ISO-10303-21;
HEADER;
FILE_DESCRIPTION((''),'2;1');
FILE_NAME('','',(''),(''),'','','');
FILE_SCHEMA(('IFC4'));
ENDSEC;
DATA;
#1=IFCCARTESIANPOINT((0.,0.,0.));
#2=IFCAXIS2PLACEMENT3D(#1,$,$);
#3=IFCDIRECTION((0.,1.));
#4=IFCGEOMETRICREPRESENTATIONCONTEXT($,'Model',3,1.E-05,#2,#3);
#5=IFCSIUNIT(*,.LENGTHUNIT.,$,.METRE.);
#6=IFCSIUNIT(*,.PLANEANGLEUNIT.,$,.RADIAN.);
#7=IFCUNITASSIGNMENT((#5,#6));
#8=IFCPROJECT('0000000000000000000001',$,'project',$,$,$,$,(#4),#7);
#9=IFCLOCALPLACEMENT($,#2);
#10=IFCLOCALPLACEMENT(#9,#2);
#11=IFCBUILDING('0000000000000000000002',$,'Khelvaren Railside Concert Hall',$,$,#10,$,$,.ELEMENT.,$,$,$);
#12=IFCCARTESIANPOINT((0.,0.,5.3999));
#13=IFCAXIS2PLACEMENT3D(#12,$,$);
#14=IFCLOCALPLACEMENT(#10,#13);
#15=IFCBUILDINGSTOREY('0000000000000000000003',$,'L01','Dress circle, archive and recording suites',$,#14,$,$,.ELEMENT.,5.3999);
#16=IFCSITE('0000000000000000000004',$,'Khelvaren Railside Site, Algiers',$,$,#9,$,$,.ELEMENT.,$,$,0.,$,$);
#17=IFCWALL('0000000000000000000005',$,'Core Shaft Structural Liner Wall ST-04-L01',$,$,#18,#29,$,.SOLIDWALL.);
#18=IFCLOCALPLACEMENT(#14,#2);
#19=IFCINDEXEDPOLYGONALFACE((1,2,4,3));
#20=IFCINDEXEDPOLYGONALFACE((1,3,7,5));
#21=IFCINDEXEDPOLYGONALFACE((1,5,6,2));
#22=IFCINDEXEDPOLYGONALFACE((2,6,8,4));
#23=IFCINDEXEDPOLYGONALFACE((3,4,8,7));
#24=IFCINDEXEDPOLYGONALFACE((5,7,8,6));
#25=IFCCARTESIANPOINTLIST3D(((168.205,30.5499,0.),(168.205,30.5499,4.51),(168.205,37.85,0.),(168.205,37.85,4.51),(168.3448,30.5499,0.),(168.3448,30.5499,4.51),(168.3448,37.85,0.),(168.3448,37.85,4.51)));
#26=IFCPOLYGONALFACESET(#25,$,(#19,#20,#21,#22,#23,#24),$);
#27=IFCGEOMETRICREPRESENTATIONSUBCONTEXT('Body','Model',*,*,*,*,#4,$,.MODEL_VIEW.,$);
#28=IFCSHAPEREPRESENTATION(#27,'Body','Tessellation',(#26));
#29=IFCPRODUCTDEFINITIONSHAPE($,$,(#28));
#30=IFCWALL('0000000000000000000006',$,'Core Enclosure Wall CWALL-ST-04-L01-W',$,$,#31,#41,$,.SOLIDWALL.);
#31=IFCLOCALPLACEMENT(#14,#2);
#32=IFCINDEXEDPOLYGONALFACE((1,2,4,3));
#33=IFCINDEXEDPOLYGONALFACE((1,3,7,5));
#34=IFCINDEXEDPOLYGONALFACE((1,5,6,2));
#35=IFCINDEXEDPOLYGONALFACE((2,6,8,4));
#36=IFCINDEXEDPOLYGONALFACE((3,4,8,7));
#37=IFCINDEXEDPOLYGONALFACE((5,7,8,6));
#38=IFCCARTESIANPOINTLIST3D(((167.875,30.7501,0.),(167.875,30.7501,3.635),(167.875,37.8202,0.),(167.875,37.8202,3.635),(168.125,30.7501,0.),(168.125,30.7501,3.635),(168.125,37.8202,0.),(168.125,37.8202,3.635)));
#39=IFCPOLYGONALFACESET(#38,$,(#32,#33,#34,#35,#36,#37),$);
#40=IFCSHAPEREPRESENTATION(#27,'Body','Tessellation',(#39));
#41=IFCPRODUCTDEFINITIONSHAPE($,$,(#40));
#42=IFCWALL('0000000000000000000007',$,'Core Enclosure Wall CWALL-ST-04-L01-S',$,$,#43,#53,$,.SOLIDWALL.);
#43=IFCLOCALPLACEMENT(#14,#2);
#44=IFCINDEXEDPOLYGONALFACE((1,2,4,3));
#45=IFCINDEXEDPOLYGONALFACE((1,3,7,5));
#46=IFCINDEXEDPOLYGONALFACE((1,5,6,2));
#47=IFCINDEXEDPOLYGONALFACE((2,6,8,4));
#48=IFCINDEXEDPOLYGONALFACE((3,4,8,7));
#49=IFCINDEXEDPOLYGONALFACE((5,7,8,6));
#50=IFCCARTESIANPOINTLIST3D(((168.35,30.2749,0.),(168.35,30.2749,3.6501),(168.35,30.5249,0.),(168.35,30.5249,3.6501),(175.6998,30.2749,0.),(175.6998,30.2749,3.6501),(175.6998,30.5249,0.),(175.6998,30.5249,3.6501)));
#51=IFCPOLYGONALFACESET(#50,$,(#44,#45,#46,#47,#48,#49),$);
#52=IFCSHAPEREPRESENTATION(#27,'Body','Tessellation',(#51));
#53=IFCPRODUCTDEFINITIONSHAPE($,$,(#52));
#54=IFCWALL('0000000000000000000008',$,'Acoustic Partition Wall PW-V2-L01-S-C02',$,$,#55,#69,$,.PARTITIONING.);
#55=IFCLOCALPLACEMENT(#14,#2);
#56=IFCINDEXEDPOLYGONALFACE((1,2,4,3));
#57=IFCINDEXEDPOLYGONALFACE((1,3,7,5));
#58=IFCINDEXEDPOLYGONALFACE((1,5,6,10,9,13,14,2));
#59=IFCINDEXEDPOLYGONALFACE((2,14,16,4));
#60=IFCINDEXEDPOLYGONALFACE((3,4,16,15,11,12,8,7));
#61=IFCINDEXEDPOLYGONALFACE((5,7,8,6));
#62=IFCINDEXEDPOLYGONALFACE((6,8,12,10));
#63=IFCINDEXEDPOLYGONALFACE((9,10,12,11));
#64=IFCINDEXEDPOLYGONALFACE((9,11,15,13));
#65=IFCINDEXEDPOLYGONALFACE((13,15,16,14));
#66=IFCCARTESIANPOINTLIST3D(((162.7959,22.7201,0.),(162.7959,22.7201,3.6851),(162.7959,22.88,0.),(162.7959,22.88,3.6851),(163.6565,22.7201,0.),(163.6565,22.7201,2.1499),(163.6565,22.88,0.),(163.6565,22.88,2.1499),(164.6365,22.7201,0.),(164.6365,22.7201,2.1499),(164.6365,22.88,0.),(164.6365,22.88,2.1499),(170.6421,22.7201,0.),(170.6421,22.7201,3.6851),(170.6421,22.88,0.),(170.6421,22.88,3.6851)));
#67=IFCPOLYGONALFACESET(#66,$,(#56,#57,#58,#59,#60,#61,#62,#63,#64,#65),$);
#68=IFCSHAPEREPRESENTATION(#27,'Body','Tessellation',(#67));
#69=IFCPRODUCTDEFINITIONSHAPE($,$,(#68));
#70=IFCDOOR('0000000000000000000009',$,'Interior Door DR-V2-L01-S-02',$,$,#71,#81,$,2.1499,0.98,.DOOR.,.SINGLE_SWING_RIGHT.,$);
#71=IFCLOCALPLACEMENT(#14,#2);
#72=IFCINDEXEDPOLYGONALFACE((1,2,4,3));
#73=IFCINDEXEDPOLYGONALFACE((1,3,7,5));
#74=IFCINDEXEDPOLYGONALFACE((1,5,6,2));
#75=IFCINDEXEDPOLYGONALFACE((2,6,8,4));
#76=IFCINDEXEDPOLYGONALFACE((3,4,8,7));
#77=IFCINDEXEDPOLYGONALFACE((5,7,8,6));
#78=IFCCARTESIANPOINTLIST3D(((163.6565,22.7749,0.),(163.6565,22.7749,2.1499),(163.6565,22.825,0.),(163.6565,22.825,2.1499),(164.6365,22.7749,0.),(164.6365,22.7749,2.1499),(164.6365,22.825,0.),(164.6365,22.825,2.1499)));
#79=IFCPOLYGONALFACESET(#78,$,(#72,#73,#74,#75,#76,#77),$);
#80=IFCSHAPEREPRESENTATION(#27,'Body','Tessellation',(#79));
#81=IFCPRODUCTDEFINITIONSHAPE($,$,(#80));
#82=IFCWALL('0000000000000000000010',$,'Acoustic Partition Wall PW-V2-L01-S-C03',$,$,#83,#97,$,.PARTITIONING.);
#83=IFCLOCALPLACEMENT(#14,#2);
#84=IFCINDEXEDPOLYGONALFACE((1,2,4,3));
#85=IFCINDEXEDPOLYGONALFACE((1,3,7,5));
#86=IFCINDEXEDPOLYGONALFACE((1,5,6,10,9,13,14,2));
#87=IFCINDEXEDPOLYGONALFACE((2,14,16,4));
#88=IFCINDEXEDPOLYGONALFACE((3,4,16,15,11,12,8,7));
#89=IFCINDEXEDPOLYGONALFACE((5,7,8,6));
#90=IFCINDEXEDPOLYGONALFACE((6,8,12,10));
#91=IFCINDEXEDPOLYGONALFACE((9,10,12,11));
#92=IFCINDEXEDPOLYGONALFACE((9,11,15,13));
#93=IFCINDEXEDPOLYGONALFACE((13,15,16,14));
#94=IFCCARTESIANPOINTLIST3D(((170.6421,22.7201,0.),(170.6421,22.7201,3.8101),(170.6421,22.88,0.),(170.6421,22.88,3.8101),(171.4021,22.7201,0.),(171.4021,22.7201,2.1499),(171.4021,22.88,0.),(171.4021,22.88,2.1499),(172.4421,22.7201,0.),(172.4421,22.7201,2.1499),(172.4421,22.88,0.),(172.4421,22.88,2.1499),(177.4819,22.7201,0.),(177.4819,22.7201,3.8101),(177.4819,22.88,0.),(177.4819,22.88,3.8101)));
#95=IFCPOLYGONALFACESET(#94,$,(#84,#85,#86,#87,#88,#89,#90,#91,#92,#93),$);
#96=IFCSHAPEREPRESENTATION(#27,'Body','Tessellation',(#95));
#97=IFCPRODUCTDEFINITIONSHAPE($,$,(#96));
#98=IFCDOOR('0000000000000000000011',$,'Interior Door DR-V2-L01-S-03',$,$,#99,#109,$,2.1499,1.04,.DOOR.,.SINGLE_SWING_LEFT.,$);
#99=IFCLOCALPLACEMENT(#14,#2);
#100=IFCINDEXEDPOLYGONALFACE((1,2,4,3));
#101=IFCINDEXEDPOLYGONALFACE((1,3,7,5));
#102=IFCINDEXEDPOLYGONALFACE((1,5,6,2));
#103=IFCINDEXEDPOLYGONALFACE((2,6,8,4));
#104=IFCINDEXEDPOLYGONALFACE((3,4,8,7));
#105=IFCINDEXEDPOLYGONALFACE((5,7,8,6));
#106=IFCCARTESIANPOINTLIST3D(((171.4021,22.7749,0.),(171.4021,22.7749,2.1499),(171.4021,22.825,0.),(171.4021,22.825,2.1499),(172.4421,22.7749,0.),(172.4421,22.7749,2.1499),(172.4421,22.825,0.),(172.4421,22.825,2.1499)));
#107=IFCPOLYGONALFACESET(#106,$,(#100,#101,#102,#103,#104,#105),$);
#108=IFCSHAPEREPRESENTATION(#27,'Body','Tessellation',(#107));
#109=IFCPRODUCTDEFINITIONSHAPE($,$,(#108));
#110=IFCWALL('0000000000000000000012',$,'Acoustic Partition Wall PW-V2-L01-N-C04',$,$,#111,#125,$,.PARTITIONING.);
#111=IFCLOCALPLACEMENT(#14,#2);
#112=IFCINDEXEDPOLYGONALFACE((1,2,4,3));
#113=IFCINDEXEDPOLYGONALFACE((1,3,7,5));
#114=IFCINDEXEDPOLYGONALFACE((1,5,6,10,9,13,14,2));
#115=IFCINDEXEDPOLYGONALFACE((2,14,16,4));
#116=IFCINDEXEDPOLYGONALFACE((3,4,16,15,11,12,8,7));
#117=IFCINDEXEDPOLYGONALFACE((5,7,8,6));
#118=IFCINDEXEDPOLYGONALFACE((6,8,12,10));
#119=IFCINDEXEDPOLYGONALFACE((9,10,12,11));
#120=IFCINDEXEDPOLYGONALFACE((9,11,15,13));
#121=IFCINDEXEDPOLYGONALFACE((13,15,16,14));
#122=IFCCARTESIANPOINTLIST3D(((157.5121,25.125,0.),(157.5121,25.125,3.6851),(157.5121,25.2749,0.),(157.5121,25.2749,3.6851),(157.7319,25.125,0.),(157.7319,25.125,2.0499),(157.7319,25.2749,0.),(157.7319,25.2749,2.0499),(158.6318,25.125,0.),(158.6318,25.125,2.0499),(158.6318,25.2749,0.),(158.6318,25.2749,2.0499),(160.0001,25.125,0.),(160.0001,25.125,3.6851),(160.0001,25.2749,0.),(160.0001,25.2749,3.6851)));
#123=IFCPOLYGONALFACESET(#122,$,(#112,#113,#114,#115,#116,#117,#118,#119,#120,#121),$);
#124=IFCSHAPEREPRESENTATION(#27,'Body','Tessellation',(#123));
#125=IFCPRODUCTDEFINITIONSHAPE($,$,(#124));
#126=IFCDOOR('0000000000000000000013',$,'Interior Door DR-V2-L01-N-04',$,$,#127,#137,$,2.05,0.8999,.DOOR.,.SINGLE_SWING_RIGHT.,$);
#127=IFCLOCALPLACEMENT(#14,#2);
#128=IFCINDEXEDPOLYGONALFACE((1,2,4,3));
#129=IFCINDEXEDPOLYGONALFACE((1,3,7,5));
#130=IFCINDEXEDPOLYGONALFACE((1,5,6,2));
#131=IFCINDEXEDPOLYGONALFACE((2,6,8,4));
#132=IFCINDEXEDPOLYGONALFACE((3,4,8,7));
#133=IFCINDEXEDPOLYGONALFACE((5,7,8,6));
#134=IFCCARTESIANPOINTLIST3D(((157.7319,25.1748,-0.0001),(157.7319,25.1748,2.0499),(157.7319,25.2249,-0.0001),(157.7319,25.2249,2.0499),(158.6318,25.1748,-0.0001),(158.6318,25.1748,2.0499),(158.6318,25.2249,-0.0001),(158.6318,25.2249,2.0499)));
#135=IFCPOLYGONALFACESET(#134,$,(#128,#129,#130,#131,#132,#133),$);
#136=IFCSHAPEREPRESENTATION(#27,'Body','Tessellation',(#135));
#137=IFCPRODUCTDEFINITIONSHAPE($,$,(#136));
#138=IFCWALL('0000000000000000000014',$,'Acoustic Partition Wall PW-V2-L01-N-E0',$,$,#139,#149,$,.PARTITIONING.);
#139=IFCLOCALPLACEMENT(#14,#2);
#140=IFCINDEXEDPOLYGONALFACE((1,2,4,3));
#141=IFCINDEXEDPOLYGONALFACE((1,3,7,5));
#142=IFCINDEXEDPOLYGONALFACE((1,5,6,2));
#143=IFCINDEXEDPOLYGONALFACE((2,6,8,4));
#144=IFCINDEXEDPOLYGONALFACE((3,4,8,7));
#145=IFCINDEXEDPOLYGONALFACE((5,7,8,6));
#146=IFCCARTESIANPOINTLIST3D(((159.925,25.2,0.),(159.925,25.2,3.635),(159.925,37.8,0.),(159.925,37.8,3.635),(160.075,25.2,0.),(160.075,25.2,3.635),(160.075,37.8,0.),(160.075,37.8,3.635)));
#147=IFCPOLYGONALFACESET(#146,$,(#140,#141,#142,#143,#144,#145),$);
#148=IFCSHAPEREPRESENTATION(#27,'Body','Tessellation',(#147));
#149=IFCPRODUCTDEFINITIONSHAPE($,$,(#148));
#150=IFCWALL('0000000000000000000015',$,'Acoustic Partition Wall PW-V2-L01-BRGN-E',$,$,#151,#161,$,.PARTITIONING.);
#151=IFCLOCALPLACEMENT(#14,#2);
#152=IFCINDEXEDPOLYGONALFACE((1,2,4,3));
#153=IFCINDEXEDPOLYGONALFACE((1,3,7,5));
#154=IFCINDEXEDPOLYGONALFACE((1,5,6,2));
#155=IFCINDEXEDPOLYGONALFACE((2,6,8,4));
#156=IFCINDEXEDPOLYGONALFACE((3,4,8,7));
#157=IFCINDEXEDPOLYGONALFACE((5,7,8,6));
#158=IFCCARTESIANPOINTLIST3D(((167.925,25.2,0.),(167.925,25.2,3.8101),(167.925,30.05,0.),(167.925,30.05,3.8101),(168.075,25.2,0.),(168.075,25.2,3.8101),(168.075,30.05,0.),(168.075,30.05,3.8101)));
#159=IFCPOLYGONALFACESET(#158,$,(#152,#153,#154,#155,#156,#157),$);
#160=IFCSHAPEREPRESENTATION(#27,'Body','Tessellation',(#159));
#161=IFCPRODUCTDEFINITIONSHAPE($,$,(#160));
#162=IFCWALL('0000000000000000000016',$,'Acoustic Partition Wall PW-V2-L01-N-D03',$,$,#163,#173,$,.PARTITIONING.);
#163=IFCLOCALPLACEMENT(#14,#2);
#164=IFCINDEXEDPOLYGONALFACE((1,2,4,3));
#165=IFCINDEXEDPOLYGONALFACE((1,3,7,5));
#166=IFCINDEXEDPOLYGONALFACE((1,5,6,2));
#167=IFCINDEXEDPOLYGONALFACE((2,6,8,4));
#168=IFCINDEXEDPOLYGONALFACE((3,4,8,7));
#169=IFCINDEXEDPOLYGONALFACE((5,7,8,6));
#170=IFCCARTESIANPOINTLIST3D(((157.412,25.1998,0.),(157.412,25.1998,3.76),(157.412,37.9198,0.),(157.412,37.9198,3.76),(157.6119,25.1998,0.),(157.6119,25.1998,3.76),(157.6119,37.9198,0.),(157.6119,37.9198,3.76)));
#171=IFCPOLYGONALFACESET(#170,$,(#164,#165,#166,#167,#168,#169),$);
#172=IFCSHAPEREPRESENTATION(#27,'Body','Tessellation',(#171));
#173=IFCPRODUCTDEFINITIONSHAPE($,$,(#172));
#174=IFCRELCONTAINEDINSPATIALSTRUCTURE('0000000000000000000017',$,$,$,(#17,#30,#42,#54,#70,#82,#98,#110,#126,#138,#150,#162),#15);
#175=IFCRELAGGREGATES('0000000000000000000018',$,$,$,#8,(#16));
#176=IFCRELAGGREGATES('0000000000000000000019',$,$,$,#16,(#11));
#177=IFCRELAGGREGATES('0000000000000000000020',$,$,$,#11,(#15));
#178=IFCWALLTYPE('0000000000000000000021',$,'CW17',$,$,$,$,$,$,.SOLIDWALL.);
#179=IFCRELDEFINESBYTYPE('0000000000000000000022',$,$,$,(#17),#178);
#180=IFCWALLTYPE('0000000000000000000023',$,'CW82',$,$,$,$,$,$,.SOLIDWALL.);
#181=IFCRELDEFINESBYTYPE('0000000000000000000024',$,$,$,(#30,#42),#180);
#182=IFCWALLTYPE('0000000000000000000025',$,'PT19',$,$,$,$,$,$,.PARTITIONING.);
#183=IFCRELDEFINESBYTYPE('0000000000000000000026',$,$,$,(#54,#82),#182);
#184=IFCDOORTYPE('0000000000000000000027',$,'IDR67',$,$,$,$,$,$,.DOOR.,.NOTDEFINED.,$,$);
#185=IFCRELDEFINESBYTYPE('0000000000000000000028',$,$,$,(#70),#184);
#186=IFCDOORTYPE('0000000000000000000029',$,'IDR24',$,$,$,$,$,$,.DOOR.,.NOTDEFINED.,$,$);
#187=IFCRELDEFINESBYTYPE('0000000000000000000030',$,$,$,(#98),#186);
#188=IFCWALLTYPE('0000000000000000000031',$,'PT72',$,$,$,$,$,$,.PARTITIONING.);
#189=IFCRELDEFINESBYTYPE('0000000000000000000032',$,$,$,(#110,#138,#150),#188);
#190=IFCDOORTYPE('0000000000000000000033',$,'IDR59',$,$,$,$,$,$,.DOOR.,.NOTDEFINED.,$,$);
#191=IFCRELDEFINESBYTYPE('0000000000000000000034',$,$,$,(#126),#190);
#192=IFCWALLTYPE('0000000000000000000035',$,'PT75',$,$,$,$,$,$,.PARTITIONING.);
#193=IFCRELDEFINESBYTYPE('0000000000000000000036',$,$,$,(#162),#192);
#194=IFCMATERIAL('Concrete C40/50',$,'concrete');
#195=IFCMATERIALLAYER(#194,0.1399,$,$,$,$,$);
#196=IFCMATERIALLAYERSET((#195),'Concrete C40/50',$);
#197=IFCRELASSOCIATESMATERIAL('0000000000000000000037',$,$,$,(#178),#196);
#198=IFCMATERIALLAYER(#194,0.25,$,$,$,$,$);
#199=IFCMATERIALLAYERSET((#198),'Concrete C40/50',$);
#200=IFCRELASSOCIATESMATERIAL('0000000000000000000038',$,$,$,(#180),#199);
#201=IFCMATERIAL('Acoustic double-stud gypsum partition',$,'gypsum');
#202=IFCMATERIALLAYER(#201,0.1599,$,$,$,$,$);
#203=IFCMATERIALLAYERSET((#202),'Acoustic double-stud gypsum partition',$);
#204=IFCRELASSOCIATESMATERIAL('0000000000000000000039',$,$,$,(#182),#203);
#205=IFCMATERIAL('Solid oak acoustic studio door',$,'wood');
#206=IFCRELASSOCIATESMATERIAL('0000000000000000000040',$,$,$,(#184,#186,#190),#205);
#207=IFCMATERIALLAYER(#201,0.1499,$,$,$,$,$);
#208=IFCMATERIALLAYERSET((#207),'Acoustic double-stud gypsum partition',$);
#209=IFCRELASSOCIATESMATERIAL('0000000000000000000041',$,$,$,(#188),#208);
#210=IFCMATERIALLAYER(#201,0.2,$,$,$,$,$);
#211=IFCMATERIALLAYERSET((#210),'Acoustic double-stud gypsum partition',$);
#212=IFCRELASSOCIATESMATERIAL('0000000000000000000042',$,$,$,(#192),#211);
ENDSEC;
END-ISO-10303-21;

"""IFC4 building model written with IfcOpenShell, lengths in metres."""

from ifc_helpers import new_model, si_unit, direction, frame, frame_2d, origin, place, context, subcontext, project, spatial, rectangle, extrude, material, layer, layer_set, type_object, element, fill, save


model = new_model("IFC4")

# Units and contexts
model_context = context("Model", 3, precision=1e-05, world=origin(), true_north=direction((0.0, 1.0)))
body_context = subcontext(model_context, "Body", "Model", "MODEL_VIEW")
ifc_project = project(units=[si_unit("LENGTHUNIT", "METRE"), si_unit("PLANEANGLEUNIT", "RADIAN")], contexts=[model_context])

# Site, building, storey
site_placement = place(None, origin())
site = spatial("IfcSite", under=ifc_project, at=site_placement, Name="Khelvaren Railside Site, Algiers", CompositionType="ELEMENT", RefElevation=0.0)
building_placement = place(site_placement, origin())
building = spatial("IfcBuilding", under=site, at=building_placement, Name="Khelvaren Railside Concert Hall", CompositionType="ELEMENT")
storey_placement = place(building_placement, frame((0.0, 0.0, 5.3999)))
storey = spatial("IfcBuildingStorey", under=building, at=storey_placement, Name="L01", Description="Dress circle, archive and recording suites", CompositionType="ELEMENT", Elevation=5.3999)

# Shared definitions
ifc_material_1 = material(Name="Concrete C40/50", Category="concrete")

# Walls
ifc_layer_1 = layer(ifc_material_1, 0.1399)
ifc_layer_set_1 = layer_set([ifc_layer_1], Name="Concrete C40/50")
wall_type_1 = type_object("IfcWallType", Name="CW17", PredefinedType="SOLIDWALL", material=ifc_layer_set_1)
wall_1_placement = place(storey_placement, frame((168.2749, 30.55, 0.0), z_axis=(0.0, 0.0, 1.0), x_axis=(0.0, 1.0, 0.0)))
element("IfcWall", 1, at=wall_1_placement, inside=storey, type_object=wall_type_1, Name="Core Shaft Structural Liner Wall ST-04-L01", PredefinedType="SOLIDWALL", context=body_context, shape_type="SweptSolid", body=[
    extrude(rectangle(XDim=7.3, YDim=0.1399, at=frame_2d((3.6499, 0.0))), origin(), (0.0, 0.0, 1.0), 4.51),
])
ifc_layer_2 = layer(ifc_material_1, 0.25)
ifc_layer_set_2 = layer_set([ifc_layer_2], Name="Concrete C40/50")
wall_type_2 = type_object("IfcWallType", Name="CW82", PredefinedType="SOLIDWALL", material=ifc_layer_set_2)
wall_2_placement = place(storey_placement, frame((168.0, 30.75, 0.0), z_axis=(0.0, 0.0, 1.0), x_axis=(0.0, 1.0, 0.0)))
element("IfcWall", 2, at=wall_2_placement, inside=storey, type_object=wall_type_2, Name="Core Enclosure Wall CWALL-ST-04-L01-W", PredefinedType="SOLIDWALL", context=body_context, shape_type="SweptSolid", body=[
    extrude(rectangle(XDim=7.0701, YDim=0.25, at=frame_2d((3.5352, 0.0))), origin(), (0.0, 0.0, 1.0), 3.635),
])
wall_3_placement = place(storey_placement, frame((168.3501, 30.3999, 0.0), z_axis=(0.0, 0.0, 1.0), x_axis=(1.0, 0.0, 0.0)))
element("IfcWall", 3, at=wall_3_placement, inside=storey, type_object=wall_type_2, Name="Core Enclosure Wall CWALL-ST-04-L01-S", PredefinedType="SOLIDWALL", context=body_context, shape_type="SweptSolid", body=[
    extrude(rectangle(XDim=7.3499, YDim=0.25, at=frame_2d((3.6748, 0.0))), origin(), (0.0, 0.0, 1.0), 3.6501),
])

# Walls, openings, doors
ifc_material_2 = material(Name="Acoustic double-stud gypsum partition", Category="gypsum")
ifc_layer_3 = layer(ifc_material_2, 0.1599)
ifc_layer_set_3 = layer_set([ifc_layer_3], Name="Acoustic double-stud gypsum partition")
wall_type_3 = type_object("IfcWallType", Name="PT19", PredefinedType="PARTITIONING", material=ifc_layer_set_3)
wall_4_placement = place(storey_placement, frame((162.7959, 22.8, 0.0), z_axis=(0.0, 0.0, 1.0), x_axis=(1.0, 0.0, 0.0)))
wall_4 = element("IfcWall", 4, at=wall_4_placement, inside=storey, type_object=wall_type_3, Name="Acoustic Partition Wall PW-V2-L01-S-C02", PredefinedType="PARTITIONING", context=body_context, shape_type="SweptSolid", body=[
    extrude(rectangle(XDim=7.8462, YDim=0.1599, at=frame_2d((3.9231, 0.0))), origin(), (0.0, 0.0, 1.0), 3.6851),
])
opening_1_placement = place(wall_4_placement, frame((0.8606, 0.0, 0.0)))
opening_1 = element("IfcOpeningElement", 5, at=opening_1_placement, cuts=wall_4, PredefinedType="OPENING", context=body_context, shape_type="SweptSolid", body=[
    extrude(rectangle(XDim=0.98, YDim=2.1499, at=frame_2d((0.49, 1.075))), frame((0.0, 0.0898, 0.0), z_axis=(0.0, -1.0, 0.0), x_axis=(1.0, 0.0, 0.0)), (0.0, 0.0, 1.0), 0.1799),
])
ifc_material_3 = material(Name="Solid oak acoustic studio door", Category="wood")
door_type_1 = type_object("IfcDoorType", Name="IDR67", OperationType="NOTDEFINED", PredefinedType="DOOR", material=ifc_material_3)
door_1_placement = place(opening_1_placement, origin())
door_1 = element("IfcDoor", 6, at=door_1_placement, inside=storey, type_object=door_type_1, Name="Interior Door DR-V2-L01-S-02", OperationType="SINGLE_SWING_RIGHT", OverallHeight=2.1499, OverallWidth=0.98, PredefinedType="DOOR", context=body_context, shape_type="SweptSolid", body=[
    extrude(rectangle(XDim=0.98, YDim=2.1499, at=frame_2d((0.49, 1.075))), frame((0.0, 0.0249, 0.0), z_axis=(0.0, -1.0, 0.0), x_axis=(1.0, 0.0, 0.0)), (0.0, 0.0, 1.0), 0.05),
])
fill(opening_1, door_1)
wall_5_placement = place(storey_placement, frame((170.6421, 22.8, 0.0), z_axis=(0.0, 0.0, 1.0), x_axis=(1.0, 0.0, 0.0)))
wall_5 = element("IfcWall", 7, at=wall_5_placement, inside=storey, type_object=wall_type_3, Name="Acoustic Partition Wall PW-V2-L01-S-C03", PredefinedType="PARTITIONING", context=body_context, shape_type="SweptSolid", body=[
    extrude(rectangle(XDim=6.8398, YDim=0.1599, at=frame_2d((3.4199, 0.0))), origin(), (0.0, 0.0, 1.0), 3.8101),
])
opening_2_placement = place(wall_5_placement, frame((0.76, 0.0, 0.0)))
opening_2 = element("IfcOpeningElement", 8, at=opening_2_placement, cuts=wall_5, PredefinedType="OPENING", context=body_context, shape_type="SweptSolid", body=[
    extrude(rectangle(XDim=1.04, YDim=2.1499, at=frame_2d((0.52, 1.075))), frame((0.0, 0.0898, 0.0), z_axis=(0.0, -1.0, 0.0), x_axis=(1.0, 0.0, 0.0)), (0.0, 0.0, 1.0), 0.1799),
])
door_type_2 = type_object("IfcDoorType", Name="IDR24", OperationType="NOTDEFINED", PredefinedType="DOOR", material=ifc_material_3)
door_2_placement = place(opening_2_placement, origin())
door_2 = element("IfcDoor", 9, at=door_2_placement, inside=storey, type_object=door_type_2, Name="Interior Door DR-V2-L01-S-03", OperationType="SINGLE_SWING_LEFT", OverallHeight=2.1499, OverallWidth=1.04, PredefinedType="DOOR", context=body_context, shape_type="SweptSolid", body=[
    extrude(rectangle(XDim=1.04, YDim=2.1499, at=frame_2d((0.52, 1.075))), frame((0.0, 0.0249, 0.0), z_axis=(0.0, -1.0, 0.0), x_axis=(1.0, 0.0, 0.0)), (0.0, 0.0, 1.0), 0.05),
])
fill(opening_2, door_2)
ifc_layer_4 = layer(ifc_material_2, 0.1499)
ifc_layer_set_4 = layer_set([ifc_layer_4], Name="Acoustic double-stud gypsum partition")
wall_type_4 = type_object("IfcWallType", Name="PT72", PredefinedType="PARTITIONING", material=ifc_layer_set_4)
wall_6_placement = place(storey_placement, frame((157.512, 25.2, 0.0), z_axis=(0.0, 0.0, 1.0), x_axis=(1.0, 0.0, 0.0)))
wall_6 = element("IfcWall", 10, at=wall_6_placement, inside=storey, type_object=wall_type_4, Name="Acoustic Partition Wall PW-V2-L01-N-C04", PredefinedType="PARTITIONING", context=body_context, shape_type="SweptSolid", body=[
    extrude(rectangle(XDim=2.488, YDim=0.1499, at=frame_2d((1.2441, 0.0))), origin(), (0.0, 0.0, 1.0), 3.6851),
])
opening_3_placement = place(wall_6_placement, frame((0.22, 0.0, 0.0)))
opening_3 = element("IfcOpeningElement", 11, at=opening_3_placement, cuts=wall_6, PredefinedType="OPENING", context=body_context, shape_type="SweptSolid", body=[
    extrude(rectangle(XDim=0.8999, YDim=2.05, at=frame_2d((0.45, 1.0249))), frame((0.0, 0.085, 0.0), z_axis=(0.0, -1.0, 0.0), x_axis=(1.0, 0.0, 0.0)), (0.0, 0.0, 1.0), 0.1699),
])
door_type_3 = type_object("IfcDoorType", Name="IDR59", OperationType="NOTDEFINED", PredefinedType="DOOR", material=ifc_material_3)
door_3_placement = place(opening_3_placement, origin())
door_3 = element("IfcDoor", 12, at=door_3_placement, inside=storey, type_object=door_type_3, Name="Interior Door DR-V2-L01-N-04", OperationType="SINGLE_SWING_RIGHT", OverallHeight=2.05, OverallWidth=0.8999, PredefinedType="DOOR", context=body_context, shape_type="SweptSolid", body=[
    extrude(rectangle(XDim=0.8999, YDim=2.05, at=frame_2d((0.45, 1.0249))), frame((0.0, 0.0249, 0.0), z_axis=(0.0, -1.0, 0.0), x_axis=(1.0, 0.0, 0.0)), (0.0, 0.0, 1.0), 0.05),
])
fill(opening_3, door_3)

# Walls
wall_7_placement = place(storey_placement, frame((160.0, 25.2, 0.0), z_axis=(0.0, 0.0, 1.0), x_axis=(0.0, 1.0, 0.0)))
element("IfcWall", 13, at=wall_7_placement, inside=storey, type_object=wall_type_4, Name="Acoustic Partition Wall PW-V2-L01-N-E0", PredefinedType="PARTITIONING", context=body_context, shape_type="SweptSolid", body=[
    extrude(rectangle(XDim=12.6001, YDim=0.1499, at=frame_2d((6.3, 0.0))), origin(), (0.0, 0.0, 1.0), 3.635),
])
wall_8_placement = place(storey_placement, frame((168.0, 25.2, 0.0), z_axis=(0.0, 0.0, 1.0), x_axis=(0.0, 1.0, 0.0)))
element("IfcWall", 14, at=wall_8_placement, inside=storey, type_object=wall_type_4, Name="Acoustic Partition Wall PW-V2-L01-BRGN-E", PredefinedType="PARTITIONING", context=body_context, shape_type="SweptSolid", body=[
    extrude(rectangle(XDim=4.8501, YDim=0.1499, at=frame_2d((2.425, 0.0))), origin(), (0.0, 0.0, 1.0), 3.8101),
])
ifc_layer_5 = layer(ifc_material_2, 0.2)
ifc_layer_set_5 = layer_set([ifc_layer_5], Name="Acoustic double-stud gypsum partition")
wall_type_5 = type_object("IfcWallType", Name="PT75", PredefinedType="PARTITIONING", material=ifc_layer_set_5)
wall_9_placement = place(storey_placement, frame((157.512, 25.2, 0.0), z_axis=(0.0, 0.0, 1.0), x_axis=(0.0, 1.0, 0.0)))
element("IfcWall", 15, at=wall_9_placement, inside=storey, type_object=wall_type_5, Name="Acoustic Partition Wall PW-V2-L01-N-D03", PredefinedType="PARTITIONING", context=body_context, shape_type="SweptSolid", body=[
    extrude(rectangle(XDim=12.72, YDim=0.2, at=frame_2d((6.3599, 0.0))), origin(), (0.0, 0.0, 1.0), 3.76),
])

save(model, "model.ifc")
